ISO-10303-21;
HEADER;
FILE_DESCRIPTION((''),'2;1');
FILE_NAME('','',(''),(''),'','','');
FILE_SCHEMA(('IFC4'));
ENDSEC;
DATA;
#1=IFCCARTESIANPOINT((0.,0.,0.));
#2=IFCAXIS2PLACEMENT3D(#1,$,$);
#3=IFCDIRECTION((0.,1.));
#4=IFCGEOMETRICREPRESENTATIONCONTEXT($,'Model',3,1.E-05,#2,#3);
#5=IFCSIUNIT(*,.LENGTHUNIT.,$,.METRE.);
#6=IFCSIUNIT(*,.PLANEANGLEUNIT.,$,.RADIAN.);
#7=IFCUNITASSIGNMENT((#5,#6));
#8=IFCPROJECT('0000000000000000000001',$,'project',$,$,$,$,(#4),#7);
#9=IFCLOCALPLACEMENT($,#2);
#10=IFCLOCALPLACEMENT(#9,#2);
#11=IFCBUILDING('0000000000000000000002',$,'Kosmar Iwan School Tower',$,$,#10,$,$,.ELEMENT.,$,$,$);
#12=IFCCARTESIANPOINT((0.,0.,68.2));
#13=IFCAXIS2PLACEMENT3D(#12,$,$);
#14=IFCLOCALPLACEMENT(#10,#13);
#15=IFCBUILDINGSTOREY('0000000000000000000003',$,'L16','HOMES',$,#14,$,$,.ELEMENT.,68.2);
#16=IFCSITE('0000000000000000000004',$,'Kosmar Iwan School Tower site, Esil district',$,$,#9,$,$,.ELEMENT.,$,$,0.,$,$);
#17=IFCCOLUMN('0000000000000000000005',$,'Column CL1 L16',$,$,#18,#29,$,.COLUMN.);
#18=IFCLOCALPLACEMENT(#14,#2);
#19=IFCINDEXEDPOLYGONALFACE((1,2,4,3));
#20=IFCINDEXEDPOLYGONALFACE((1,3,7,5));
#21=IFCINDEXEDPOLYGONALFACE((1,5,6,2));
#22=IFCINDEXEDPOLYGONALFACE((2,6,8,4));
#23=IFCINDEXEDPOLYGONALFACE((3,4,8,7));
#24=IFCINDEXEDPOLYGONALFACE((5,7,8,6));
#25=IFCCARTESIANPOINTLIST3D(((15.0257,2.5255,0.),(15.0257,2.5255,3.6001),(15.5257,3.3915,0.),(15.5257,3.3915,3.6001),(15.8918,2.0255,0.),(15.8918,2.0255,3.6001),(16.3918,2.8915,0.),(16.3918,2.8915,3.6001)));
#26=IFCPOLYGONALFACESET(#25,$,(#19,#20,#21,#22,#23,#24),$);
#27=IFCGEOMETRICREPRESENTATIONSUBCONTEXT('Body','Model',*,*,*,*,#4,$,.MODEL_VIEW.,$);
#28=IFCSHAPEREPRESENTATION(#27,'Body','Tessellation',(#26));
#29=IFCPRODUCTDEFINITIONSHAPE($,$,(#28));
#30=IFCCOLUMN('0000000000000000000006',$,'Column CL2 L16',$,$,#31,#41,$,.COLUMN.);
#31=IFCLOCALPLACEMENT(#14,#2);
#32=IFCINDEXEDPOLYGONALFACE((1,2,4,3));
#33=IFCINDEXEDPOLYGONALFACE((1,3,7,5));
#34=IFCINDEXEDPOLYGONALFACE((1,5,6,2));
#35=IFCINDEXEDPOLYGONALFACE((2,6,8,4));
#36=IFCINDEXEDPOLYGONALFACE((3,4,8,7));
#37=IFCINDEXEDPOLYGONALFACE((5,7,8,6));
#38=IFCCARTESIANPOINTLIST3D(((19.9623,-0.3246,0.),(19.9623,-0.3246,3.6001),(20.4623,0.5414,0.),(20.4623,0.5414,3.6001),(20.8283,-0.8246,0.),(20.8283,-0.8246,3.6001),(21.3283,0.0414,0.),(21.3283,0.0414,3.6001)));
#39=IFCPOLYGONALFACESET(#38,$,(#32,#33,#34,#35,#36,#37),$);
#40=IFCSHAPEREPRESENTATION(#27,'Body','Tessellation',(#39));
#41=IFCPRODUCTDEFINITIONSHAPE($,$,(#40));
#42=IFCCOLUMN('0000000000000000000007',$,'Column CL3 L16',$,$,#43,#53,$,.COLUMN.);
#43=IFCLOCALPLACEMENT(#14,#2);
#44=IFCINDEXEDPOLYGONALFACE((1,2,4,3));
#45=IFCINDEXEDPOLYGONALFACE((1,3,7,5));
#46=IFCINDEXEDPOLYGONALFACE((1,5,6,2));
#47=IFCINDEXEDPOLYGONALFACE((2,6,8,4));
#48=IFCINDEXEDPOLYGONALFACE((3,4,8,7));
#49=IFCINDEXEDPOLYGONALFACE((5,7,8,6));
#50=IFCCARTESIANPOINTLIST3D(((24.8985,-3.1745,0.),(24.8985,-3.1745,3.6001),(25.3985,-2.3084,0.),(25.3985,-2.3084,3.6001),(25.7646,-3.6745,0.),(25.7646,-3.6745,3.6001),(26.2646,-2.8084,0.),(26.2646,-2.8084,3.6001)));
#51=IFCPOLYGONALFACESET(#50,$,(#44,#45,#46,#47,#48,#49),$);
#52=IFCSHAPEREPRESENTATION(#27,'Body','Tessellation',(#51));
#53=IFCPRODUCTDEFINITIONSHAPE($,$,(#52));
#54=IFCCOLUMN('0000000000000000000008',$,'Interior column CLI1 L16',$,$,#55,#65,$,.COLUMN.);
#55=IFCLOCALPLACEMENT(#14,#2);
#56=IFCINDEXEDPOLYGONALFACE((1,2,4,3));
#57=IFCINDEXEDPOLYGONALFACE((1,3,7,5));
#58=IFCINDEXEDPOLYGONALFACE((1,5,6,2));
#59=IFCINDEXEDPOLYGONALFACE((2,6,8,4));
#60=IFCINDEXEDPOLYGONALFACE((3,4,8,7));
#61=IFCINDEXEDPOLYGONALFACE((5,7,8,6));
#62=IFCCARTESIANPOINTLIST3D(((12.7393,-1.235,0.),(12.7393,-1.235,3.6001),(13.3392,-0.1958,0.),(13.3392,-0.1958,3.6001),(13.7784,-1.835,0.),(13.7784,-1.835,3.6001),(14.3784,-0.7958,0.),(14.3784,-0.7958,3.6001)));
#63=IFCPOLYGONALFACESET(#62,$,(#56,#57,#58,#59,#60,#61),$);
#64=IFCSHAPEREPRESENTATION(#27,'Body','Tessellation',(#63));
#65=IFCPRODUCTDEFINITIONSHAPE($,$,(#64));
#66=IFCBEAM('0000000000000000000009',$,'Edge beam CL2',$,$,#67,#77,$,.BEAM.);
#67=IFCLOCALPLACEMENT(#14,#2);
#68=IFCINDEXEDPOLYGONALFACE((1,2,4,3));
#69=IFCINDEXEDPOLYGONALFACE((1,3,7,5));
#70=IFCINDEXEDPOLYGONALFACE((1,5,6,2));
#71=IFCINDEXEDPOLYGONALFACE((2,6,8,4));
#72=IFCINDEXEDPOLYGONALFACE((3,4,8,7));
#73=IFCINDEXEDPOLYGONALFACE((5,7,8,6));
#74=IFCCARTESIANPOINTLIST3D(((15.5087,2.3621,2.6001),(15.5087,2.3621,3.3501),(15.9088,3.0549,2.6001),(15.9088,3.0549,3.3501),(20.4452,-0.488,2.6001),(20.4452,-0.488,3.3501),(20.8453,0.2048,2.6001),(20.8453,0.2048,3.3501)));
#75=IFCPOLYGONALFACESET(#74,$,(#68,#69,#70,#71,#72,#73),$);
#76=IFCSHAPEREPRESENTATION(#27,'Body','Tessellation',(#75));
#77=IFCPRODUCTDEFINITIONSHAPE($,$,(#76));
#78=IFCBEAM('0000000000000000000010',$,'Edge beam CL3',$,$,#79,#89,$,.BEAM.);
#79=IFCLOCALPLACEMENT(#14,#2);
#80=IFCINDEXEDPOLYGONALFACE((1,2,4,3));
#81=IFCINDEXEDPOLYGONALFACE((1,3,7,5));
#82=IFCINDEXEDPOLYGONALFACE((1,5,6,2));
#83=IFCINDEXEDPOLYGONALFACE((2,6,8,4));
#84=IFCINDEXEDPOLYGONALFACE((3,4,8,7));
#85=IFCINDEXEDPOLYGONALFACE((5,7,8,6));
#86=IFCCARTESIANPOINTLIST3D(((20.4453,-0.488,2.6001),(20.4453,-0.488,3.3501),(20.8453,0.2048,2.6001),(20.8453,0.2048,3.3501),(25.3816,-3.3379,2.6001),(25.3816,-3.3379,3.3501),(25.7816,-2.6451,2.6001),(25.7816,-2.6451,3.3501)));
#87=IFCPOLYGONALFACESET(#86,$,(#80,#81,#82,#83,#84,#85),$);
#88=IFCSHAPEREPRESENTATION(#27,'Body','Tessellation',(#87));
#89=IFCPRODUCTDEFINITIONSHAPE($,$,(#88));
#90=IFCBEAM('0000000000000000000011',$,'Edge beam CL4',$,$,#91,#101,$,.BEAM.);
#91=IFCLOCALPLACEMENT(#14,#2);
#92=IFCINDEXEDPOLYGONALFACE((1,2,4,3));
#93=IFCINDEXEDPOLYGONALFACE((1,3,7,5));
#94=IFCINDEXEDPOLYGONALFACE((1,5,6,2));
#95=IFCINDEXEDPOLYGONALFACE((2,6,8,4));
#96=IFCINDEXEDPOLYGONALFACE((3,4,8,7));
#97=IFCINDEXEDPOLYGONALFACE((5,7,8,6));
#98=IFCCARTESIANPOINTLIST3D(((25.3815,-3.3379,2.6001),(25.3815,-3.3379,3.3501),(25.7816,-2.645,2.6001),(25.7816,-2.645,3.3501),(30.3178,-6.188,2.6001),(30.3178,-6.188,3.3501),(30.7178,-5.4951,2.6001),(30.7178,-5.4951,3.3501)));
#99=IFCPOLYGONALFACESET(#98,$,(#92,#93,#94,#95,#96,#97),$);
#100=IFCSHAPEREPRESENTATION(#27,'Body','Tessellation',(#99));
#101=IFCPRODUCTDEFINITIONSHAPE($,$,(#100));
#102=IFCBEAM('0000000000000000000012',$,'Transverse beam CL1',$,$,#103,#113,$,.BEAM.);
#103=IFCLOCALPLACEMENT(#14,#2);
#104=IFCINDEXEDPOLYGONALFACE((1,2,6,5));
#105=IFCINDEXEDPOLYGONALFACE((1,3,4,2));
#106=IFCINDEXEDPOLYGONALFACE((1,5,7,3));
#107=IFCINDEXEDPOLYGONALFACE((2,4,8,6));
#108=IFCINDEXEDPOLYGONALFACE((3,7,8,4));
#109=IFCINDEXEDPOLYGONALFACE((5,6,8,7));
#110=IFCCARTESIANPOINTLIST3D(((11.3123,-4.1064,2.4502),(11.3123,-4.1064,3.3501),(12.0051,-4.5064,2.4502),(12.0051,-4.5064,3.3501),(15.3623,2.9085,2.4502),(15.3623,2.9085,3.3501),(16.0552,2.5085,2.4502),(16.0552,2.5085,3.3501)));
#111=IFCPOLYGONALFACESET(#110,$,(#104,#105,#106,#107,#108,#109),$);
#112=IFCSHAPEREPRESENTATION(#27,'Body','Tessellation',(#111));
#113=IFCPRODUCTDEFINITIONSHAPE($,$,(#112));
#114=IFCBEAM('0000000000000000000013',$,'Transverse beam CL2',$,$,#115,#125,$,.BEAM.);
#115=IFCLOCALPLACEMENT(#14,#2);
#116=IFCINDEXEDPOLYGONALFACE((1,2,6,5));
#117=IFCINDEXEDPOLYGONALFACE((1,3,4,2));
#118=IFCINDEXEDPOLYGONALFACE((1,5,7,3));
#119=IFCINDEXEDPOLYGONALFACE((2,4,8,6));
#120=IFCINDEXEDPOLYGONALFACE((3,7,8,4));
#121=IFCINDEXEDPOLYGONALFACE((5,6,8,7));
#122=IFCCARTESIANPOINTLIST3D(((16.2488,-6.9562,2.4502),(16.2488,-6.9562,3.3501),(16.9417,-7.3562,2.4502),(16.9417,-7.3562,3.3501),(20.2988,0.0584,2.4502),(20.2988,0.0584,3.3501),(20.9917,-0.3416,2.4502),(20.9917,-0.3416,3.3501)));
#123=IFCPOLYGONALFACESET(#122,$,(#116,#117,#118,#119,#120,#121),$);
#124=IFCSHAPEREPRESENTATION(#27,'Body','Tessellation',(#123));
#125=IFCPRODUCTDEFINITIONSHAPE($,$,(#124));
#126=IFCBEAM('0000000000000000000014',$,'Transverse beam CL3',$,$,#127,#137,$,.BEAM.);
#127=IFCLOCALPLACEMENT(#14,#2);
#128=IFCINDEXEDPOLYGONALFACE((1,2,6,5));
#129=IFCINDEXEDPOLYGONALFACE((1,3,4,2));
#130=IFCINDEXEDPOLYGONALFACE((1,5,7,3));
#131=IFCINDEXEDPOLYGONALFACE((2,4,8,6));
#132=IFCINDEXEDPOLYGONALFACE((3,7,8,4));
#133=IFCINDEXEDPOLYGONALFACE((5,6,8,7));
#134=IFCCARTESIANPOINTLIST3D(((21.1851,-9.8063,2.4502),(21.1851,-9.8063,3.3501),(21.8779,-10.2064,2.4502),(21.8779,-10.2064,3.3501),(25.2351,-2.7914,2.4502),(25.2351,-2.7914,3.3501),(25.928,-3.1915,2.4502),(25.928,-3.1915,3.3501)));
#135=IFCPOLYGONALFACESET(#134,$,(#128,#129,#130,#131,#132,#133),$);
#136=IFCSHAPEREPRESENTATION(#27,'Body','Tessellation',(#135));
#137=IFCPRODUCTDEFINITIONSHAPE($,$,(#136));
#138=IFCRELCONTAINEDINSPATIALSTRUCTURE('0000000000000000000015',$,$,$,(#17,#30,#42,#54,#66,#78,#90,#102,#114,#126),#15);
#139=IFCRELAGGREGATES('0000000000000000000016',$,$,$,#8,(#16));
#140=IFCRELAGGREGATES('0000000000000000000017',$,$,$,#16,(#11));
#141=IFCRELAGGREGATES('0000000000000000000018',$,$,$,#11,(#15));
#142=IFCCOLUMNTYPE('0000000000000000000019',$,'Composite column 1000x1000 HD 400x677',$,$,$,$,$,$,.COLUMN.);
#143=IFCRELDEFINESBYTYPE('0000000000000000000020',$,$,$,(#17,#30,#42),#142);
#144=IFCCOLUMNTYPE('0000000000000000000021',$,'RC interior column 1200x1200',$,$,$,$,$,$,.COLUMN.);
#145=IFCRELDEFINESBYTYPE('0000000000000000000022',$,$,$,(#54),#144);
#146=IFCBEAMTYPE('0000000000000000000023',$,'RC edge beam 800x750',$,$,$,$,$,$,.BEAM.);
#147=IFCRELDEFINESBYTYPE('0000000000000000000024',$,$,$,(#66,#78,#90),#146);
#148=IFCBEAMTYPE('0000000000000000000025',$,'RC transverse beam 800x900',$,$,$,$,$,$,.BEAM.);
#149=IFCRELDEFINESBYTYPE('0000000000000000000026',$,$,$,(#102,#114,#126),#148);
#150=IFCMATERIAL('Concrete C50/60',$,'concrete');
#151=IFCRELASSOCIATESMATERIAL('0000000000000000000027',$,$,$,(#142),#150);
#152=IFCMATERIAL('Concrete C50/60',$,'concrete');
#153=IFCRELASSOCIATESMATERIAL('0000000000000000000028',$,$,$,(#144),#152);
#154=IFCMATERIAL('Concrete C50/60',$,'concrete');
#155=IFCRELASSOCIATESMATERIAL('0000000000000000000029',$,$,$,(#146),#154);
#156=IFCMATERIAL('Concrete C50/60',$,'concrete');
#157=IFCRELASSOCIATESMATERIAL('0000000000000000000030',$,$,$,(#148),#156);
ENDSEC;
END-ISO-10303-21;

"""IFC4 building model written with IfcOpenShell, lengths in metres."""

from ifc_helpers import new_model, si_unit, direction, frame, origin, origin_2d, place, context, subcontext, project, spatial, rectangle, extrude, material, material_profile, profile_set, type_object, element, save


model = new_model("IFC4")

# Units and contexts
model_context = context("Model", 3, precision=1e-05, world=origin(), true_north=direction((0.0, 1.0)))
body_context = subcontext(model_context, "Body", "Model", "MODEL_VIEW")
ifc_project = project(units=[si_unit("LENGTHUNIT", "METRE"), si_unit("PLANEANGLEUNIT", "RADIAN")], contexts=[model_context])

# Site, building, storey
site_placement = place(None, origin())
site = spatial("IfcSite", under=ifc_project, at=site_placement, Name="Kosmar Iwan School Tower site, Esil district", CompositionType="ELEMENT", RefElevation=0.0)
building_placement = place(site_placement, origin())
building = spatial("IfcBuilding", under=site, at=building_placement, Name="Kosmar Iwan School Tower", CompositionType="ELEMENT")
storey_placement = place(building_placement, frame((0.0, 0.0, 68.2)))
storey = spatial("IfcBuildingStorey", under=building, at=storey_placement, Name="L16", Description="HOMES", CompositionType="ELEMENT", Elevation=68.2)

# Columns
ifc_material_1 = material(Name="Concrete C50/60", Category="concrete")
ifc_material_profile_1 = material_profile(ifc_material_1, rectangle(XDim=1.0, YDim=1.0, at=origin_2d()), Name="RC 1000x1000 + HD 400x677")
ifc_profile_set_1 = profile_set([ifc_material_profile_1], Name="Concrete C50/60")
column_type_1 = type_object("IfcColumnType", Name="Composite column 1000x1000 HD 400x677", PredefinedType="COLUMN", material=ifc_profile_set_1)
for number, where, z_axis, x_axis, name in (
    (1, (15.7087, 2.7085, 0.0), (0.0, 0.0, 1.0), (0.866025, -0.5, 0.0), "Column CL1 L16"),
    (2, (20.6453, -0.1416, 0.0), (0.0, 0.0, 1.0), (0.866025, -0.5, 0.0), "Column CL2 L16"),
    (3, (25.5815, -2.9915, 0.0), (0.0, 0.0, 1.0), (0.866025, -0.5, 0.0), "Column CL3 L16"),
):
    element("IfcColumn", number, at=place(storey_placement, frame(where, z_axis=z_axis, x_axis=x_axis)), inside=storey, type_object=column_type_1, Name=name, PredefinedType="COLUMN", context=body_context, shape_type="SweptSolid", body=[
        extrude(rectangle(XDim=1.0, YDim=1.0, at=origin_2d()), origin(), (0.0, 0.0, 1.0), 3.6001),
    ])
ifc_material_2 = material(Name="Concrete C50/60", Category="concrete")
ifc_material_profile_2 = material_profile(ifc_material_2, rectangle(XDim=1.2, YDim=1.2, at=origin_2d()), Name="RC 1200x1200")
ifc_profile_set_2 = profile_set([ifc_material_profile_2], Name="Concrete C50/60")
column_type_2 = type_object("IfcColumnType", Name="RC interior column 1200x1200", PredefinedType="COLUMN", material=ifc_profile_set_2)
column_placement = place(storey_placement, frame((13.5588, -1.0154, 0.0), z_axis=(0.0, 0.0, 1.0), x_axis=(0.866025, -0.5, 0.0)))
element("IfcColumn", 4, at=column_placement, inside=storey, type_object=column_type_2, Name="Interior column CLI1 L16", PredefinedType="COLUMN", context=body_context, shape_type="SweptSolid", body=[
    extrude(rectangle(XDim=1.2, YDim=1.2, at=origin_2d()), origin(), (0.0, 0.0, 1.0), 3.6001),
])

# Beams
ifc_material_3 = material(Name="Concrete C50/60", Category="concrete")
ifc_material_profile_3 = material_profile(ifc_material_3, rectangle(XDim=0.8, YDim=0.75, at=origin_2d()), Name="RC 800x750")
ifc_profile_set_3 = profile_set([ifc_material_profile_3], Name="Concrete C50/60")
beam_type_1 = type_object("IfcBeamType", Name="RC edge beam 800x750", PredefinedType="BEAM", material=ifc_profile_set_3)
beam_1_placement = place(storey_placement, frame((15.7087, 2.7085, 2.9751), z_axis=(0.866026, -0.499999, 0.0), x_axis=(0.499999, 0.866026, 0.0)))
element("IfcBeam", 5, at=beam_1_placement, inside=storey, type_object=beam_type_1, Name="Edge beam CL2", PredefinedType="BEAM", context=body_context, shape_type="SweptSolid", body=[
    extrude(rectangle(XDim=0.8, YDim=0.75, at=origin_2d()), origin(), (0.0, 0.0, 1.0), 5.7002),
])
for number, where, z_axis, x_axis, name in (
    (6, (20.6453, -0.1416, 2.9751), (0.866034, -0.499986, 0.0), (0.499986, 0.866034, 0.0), "Edge beam CL3"),
    (7, (25.5815, -2.9915, 2.9751), (0.866015, -0.500018, 0.0), (0.500018, 0.866015, 0.0), "Edge beam CL4"),
):
    element("IfcBeam", number, at=place(storey_placement, frame(where, z_axis=z_axis, x_axis=x_axis)), inside=storey, type_object=beam_type_1, Name=name, PredefinedType="BEAM", context=body_context, shape_type="SweptSolid", body=[
        extrude(rectangle(XDim=0.8, YDim=0.75, at=origin_2d()), origin(), (0.0, 0.0, 1.0), 5.7),
    ])
ifc_material_4 = material(Name="Concrete C50/60", Category="concrete")
ifc_material_profile_4 = material_profile(ifc_material_4, rectangle(XDim=0.8, YDim=0.8999, at=origin_2d()), Name="RC 800x900")
ifc_profile_set_4 = profile_set([ifc_material_profile_4], Name="Concrete C50/60")
beam_type_2 = type_object("IfcBeamType", Name="RC transverse beam 800x900", PredefinedType="BEAM", material=ifc_profile_set_4)
beam_2_placement = place(storey_placement, frame((15.7087, 2.7085, 2.9001), z_axis=(-0.5, -0.866025, 0.0), x_axis=(0.866025, -0.5, 0.0)))
element("IfcBeam", 8, at=beam_2_placement, inside=storey, type_object=beam_type_2, Name="Transverse beam CL1", PredefinedType="BEAM", context=body_context, shape_type="SweptSolid", body=[
    extrude(rectangle(XDim=0.8, YDim=0.8999, at=origin_2d()), origin(), (0.0, 0.0, 1.0), 8.1001),
])
beam_3_placement = place(storey_placement, frame((20.6453, -0.1416, 2.9001), z_axis=(-0.500013, -0.866018, 0.0), x_axis=(0.866018, -0.500013, 0.0)))
element("IfcBeam", 9, at=beam_3_placement, inside=storey, type_object=beam_type_2, Name="Transverse beam CL2", PredefinedType="BEAM", context=body_context, shape_type="SweptSolid", body=[
    extrude(rectangle(XDim=0.8, YDim=0.8999, at=origin_2d()), origin(), (0.0, 0.0, 1.0), 8.0999),
])
beam_4_placement = place(storey_placement, frame((25.5815, -2.9915, 2.9001), z_axis=(-0.5, -0.866025, 0.0), x_axis=(0.866025, -0.5, 0.0)))
element("IfcBeam", 10, at=beam_4_placement, inside=storey, type_object=beam_type_2, Name="Transverse beam CL3", PredefinedType="BEAM", context=body_context, shape_type="SweptSolid", body=[
    extrude(rectangle(XDim=0.8, YDim=0.8999, at=origin_2d()), origin(), (0.0, 0.0, 1.0), 8.1001),
])

save(model, "model.ifc")
